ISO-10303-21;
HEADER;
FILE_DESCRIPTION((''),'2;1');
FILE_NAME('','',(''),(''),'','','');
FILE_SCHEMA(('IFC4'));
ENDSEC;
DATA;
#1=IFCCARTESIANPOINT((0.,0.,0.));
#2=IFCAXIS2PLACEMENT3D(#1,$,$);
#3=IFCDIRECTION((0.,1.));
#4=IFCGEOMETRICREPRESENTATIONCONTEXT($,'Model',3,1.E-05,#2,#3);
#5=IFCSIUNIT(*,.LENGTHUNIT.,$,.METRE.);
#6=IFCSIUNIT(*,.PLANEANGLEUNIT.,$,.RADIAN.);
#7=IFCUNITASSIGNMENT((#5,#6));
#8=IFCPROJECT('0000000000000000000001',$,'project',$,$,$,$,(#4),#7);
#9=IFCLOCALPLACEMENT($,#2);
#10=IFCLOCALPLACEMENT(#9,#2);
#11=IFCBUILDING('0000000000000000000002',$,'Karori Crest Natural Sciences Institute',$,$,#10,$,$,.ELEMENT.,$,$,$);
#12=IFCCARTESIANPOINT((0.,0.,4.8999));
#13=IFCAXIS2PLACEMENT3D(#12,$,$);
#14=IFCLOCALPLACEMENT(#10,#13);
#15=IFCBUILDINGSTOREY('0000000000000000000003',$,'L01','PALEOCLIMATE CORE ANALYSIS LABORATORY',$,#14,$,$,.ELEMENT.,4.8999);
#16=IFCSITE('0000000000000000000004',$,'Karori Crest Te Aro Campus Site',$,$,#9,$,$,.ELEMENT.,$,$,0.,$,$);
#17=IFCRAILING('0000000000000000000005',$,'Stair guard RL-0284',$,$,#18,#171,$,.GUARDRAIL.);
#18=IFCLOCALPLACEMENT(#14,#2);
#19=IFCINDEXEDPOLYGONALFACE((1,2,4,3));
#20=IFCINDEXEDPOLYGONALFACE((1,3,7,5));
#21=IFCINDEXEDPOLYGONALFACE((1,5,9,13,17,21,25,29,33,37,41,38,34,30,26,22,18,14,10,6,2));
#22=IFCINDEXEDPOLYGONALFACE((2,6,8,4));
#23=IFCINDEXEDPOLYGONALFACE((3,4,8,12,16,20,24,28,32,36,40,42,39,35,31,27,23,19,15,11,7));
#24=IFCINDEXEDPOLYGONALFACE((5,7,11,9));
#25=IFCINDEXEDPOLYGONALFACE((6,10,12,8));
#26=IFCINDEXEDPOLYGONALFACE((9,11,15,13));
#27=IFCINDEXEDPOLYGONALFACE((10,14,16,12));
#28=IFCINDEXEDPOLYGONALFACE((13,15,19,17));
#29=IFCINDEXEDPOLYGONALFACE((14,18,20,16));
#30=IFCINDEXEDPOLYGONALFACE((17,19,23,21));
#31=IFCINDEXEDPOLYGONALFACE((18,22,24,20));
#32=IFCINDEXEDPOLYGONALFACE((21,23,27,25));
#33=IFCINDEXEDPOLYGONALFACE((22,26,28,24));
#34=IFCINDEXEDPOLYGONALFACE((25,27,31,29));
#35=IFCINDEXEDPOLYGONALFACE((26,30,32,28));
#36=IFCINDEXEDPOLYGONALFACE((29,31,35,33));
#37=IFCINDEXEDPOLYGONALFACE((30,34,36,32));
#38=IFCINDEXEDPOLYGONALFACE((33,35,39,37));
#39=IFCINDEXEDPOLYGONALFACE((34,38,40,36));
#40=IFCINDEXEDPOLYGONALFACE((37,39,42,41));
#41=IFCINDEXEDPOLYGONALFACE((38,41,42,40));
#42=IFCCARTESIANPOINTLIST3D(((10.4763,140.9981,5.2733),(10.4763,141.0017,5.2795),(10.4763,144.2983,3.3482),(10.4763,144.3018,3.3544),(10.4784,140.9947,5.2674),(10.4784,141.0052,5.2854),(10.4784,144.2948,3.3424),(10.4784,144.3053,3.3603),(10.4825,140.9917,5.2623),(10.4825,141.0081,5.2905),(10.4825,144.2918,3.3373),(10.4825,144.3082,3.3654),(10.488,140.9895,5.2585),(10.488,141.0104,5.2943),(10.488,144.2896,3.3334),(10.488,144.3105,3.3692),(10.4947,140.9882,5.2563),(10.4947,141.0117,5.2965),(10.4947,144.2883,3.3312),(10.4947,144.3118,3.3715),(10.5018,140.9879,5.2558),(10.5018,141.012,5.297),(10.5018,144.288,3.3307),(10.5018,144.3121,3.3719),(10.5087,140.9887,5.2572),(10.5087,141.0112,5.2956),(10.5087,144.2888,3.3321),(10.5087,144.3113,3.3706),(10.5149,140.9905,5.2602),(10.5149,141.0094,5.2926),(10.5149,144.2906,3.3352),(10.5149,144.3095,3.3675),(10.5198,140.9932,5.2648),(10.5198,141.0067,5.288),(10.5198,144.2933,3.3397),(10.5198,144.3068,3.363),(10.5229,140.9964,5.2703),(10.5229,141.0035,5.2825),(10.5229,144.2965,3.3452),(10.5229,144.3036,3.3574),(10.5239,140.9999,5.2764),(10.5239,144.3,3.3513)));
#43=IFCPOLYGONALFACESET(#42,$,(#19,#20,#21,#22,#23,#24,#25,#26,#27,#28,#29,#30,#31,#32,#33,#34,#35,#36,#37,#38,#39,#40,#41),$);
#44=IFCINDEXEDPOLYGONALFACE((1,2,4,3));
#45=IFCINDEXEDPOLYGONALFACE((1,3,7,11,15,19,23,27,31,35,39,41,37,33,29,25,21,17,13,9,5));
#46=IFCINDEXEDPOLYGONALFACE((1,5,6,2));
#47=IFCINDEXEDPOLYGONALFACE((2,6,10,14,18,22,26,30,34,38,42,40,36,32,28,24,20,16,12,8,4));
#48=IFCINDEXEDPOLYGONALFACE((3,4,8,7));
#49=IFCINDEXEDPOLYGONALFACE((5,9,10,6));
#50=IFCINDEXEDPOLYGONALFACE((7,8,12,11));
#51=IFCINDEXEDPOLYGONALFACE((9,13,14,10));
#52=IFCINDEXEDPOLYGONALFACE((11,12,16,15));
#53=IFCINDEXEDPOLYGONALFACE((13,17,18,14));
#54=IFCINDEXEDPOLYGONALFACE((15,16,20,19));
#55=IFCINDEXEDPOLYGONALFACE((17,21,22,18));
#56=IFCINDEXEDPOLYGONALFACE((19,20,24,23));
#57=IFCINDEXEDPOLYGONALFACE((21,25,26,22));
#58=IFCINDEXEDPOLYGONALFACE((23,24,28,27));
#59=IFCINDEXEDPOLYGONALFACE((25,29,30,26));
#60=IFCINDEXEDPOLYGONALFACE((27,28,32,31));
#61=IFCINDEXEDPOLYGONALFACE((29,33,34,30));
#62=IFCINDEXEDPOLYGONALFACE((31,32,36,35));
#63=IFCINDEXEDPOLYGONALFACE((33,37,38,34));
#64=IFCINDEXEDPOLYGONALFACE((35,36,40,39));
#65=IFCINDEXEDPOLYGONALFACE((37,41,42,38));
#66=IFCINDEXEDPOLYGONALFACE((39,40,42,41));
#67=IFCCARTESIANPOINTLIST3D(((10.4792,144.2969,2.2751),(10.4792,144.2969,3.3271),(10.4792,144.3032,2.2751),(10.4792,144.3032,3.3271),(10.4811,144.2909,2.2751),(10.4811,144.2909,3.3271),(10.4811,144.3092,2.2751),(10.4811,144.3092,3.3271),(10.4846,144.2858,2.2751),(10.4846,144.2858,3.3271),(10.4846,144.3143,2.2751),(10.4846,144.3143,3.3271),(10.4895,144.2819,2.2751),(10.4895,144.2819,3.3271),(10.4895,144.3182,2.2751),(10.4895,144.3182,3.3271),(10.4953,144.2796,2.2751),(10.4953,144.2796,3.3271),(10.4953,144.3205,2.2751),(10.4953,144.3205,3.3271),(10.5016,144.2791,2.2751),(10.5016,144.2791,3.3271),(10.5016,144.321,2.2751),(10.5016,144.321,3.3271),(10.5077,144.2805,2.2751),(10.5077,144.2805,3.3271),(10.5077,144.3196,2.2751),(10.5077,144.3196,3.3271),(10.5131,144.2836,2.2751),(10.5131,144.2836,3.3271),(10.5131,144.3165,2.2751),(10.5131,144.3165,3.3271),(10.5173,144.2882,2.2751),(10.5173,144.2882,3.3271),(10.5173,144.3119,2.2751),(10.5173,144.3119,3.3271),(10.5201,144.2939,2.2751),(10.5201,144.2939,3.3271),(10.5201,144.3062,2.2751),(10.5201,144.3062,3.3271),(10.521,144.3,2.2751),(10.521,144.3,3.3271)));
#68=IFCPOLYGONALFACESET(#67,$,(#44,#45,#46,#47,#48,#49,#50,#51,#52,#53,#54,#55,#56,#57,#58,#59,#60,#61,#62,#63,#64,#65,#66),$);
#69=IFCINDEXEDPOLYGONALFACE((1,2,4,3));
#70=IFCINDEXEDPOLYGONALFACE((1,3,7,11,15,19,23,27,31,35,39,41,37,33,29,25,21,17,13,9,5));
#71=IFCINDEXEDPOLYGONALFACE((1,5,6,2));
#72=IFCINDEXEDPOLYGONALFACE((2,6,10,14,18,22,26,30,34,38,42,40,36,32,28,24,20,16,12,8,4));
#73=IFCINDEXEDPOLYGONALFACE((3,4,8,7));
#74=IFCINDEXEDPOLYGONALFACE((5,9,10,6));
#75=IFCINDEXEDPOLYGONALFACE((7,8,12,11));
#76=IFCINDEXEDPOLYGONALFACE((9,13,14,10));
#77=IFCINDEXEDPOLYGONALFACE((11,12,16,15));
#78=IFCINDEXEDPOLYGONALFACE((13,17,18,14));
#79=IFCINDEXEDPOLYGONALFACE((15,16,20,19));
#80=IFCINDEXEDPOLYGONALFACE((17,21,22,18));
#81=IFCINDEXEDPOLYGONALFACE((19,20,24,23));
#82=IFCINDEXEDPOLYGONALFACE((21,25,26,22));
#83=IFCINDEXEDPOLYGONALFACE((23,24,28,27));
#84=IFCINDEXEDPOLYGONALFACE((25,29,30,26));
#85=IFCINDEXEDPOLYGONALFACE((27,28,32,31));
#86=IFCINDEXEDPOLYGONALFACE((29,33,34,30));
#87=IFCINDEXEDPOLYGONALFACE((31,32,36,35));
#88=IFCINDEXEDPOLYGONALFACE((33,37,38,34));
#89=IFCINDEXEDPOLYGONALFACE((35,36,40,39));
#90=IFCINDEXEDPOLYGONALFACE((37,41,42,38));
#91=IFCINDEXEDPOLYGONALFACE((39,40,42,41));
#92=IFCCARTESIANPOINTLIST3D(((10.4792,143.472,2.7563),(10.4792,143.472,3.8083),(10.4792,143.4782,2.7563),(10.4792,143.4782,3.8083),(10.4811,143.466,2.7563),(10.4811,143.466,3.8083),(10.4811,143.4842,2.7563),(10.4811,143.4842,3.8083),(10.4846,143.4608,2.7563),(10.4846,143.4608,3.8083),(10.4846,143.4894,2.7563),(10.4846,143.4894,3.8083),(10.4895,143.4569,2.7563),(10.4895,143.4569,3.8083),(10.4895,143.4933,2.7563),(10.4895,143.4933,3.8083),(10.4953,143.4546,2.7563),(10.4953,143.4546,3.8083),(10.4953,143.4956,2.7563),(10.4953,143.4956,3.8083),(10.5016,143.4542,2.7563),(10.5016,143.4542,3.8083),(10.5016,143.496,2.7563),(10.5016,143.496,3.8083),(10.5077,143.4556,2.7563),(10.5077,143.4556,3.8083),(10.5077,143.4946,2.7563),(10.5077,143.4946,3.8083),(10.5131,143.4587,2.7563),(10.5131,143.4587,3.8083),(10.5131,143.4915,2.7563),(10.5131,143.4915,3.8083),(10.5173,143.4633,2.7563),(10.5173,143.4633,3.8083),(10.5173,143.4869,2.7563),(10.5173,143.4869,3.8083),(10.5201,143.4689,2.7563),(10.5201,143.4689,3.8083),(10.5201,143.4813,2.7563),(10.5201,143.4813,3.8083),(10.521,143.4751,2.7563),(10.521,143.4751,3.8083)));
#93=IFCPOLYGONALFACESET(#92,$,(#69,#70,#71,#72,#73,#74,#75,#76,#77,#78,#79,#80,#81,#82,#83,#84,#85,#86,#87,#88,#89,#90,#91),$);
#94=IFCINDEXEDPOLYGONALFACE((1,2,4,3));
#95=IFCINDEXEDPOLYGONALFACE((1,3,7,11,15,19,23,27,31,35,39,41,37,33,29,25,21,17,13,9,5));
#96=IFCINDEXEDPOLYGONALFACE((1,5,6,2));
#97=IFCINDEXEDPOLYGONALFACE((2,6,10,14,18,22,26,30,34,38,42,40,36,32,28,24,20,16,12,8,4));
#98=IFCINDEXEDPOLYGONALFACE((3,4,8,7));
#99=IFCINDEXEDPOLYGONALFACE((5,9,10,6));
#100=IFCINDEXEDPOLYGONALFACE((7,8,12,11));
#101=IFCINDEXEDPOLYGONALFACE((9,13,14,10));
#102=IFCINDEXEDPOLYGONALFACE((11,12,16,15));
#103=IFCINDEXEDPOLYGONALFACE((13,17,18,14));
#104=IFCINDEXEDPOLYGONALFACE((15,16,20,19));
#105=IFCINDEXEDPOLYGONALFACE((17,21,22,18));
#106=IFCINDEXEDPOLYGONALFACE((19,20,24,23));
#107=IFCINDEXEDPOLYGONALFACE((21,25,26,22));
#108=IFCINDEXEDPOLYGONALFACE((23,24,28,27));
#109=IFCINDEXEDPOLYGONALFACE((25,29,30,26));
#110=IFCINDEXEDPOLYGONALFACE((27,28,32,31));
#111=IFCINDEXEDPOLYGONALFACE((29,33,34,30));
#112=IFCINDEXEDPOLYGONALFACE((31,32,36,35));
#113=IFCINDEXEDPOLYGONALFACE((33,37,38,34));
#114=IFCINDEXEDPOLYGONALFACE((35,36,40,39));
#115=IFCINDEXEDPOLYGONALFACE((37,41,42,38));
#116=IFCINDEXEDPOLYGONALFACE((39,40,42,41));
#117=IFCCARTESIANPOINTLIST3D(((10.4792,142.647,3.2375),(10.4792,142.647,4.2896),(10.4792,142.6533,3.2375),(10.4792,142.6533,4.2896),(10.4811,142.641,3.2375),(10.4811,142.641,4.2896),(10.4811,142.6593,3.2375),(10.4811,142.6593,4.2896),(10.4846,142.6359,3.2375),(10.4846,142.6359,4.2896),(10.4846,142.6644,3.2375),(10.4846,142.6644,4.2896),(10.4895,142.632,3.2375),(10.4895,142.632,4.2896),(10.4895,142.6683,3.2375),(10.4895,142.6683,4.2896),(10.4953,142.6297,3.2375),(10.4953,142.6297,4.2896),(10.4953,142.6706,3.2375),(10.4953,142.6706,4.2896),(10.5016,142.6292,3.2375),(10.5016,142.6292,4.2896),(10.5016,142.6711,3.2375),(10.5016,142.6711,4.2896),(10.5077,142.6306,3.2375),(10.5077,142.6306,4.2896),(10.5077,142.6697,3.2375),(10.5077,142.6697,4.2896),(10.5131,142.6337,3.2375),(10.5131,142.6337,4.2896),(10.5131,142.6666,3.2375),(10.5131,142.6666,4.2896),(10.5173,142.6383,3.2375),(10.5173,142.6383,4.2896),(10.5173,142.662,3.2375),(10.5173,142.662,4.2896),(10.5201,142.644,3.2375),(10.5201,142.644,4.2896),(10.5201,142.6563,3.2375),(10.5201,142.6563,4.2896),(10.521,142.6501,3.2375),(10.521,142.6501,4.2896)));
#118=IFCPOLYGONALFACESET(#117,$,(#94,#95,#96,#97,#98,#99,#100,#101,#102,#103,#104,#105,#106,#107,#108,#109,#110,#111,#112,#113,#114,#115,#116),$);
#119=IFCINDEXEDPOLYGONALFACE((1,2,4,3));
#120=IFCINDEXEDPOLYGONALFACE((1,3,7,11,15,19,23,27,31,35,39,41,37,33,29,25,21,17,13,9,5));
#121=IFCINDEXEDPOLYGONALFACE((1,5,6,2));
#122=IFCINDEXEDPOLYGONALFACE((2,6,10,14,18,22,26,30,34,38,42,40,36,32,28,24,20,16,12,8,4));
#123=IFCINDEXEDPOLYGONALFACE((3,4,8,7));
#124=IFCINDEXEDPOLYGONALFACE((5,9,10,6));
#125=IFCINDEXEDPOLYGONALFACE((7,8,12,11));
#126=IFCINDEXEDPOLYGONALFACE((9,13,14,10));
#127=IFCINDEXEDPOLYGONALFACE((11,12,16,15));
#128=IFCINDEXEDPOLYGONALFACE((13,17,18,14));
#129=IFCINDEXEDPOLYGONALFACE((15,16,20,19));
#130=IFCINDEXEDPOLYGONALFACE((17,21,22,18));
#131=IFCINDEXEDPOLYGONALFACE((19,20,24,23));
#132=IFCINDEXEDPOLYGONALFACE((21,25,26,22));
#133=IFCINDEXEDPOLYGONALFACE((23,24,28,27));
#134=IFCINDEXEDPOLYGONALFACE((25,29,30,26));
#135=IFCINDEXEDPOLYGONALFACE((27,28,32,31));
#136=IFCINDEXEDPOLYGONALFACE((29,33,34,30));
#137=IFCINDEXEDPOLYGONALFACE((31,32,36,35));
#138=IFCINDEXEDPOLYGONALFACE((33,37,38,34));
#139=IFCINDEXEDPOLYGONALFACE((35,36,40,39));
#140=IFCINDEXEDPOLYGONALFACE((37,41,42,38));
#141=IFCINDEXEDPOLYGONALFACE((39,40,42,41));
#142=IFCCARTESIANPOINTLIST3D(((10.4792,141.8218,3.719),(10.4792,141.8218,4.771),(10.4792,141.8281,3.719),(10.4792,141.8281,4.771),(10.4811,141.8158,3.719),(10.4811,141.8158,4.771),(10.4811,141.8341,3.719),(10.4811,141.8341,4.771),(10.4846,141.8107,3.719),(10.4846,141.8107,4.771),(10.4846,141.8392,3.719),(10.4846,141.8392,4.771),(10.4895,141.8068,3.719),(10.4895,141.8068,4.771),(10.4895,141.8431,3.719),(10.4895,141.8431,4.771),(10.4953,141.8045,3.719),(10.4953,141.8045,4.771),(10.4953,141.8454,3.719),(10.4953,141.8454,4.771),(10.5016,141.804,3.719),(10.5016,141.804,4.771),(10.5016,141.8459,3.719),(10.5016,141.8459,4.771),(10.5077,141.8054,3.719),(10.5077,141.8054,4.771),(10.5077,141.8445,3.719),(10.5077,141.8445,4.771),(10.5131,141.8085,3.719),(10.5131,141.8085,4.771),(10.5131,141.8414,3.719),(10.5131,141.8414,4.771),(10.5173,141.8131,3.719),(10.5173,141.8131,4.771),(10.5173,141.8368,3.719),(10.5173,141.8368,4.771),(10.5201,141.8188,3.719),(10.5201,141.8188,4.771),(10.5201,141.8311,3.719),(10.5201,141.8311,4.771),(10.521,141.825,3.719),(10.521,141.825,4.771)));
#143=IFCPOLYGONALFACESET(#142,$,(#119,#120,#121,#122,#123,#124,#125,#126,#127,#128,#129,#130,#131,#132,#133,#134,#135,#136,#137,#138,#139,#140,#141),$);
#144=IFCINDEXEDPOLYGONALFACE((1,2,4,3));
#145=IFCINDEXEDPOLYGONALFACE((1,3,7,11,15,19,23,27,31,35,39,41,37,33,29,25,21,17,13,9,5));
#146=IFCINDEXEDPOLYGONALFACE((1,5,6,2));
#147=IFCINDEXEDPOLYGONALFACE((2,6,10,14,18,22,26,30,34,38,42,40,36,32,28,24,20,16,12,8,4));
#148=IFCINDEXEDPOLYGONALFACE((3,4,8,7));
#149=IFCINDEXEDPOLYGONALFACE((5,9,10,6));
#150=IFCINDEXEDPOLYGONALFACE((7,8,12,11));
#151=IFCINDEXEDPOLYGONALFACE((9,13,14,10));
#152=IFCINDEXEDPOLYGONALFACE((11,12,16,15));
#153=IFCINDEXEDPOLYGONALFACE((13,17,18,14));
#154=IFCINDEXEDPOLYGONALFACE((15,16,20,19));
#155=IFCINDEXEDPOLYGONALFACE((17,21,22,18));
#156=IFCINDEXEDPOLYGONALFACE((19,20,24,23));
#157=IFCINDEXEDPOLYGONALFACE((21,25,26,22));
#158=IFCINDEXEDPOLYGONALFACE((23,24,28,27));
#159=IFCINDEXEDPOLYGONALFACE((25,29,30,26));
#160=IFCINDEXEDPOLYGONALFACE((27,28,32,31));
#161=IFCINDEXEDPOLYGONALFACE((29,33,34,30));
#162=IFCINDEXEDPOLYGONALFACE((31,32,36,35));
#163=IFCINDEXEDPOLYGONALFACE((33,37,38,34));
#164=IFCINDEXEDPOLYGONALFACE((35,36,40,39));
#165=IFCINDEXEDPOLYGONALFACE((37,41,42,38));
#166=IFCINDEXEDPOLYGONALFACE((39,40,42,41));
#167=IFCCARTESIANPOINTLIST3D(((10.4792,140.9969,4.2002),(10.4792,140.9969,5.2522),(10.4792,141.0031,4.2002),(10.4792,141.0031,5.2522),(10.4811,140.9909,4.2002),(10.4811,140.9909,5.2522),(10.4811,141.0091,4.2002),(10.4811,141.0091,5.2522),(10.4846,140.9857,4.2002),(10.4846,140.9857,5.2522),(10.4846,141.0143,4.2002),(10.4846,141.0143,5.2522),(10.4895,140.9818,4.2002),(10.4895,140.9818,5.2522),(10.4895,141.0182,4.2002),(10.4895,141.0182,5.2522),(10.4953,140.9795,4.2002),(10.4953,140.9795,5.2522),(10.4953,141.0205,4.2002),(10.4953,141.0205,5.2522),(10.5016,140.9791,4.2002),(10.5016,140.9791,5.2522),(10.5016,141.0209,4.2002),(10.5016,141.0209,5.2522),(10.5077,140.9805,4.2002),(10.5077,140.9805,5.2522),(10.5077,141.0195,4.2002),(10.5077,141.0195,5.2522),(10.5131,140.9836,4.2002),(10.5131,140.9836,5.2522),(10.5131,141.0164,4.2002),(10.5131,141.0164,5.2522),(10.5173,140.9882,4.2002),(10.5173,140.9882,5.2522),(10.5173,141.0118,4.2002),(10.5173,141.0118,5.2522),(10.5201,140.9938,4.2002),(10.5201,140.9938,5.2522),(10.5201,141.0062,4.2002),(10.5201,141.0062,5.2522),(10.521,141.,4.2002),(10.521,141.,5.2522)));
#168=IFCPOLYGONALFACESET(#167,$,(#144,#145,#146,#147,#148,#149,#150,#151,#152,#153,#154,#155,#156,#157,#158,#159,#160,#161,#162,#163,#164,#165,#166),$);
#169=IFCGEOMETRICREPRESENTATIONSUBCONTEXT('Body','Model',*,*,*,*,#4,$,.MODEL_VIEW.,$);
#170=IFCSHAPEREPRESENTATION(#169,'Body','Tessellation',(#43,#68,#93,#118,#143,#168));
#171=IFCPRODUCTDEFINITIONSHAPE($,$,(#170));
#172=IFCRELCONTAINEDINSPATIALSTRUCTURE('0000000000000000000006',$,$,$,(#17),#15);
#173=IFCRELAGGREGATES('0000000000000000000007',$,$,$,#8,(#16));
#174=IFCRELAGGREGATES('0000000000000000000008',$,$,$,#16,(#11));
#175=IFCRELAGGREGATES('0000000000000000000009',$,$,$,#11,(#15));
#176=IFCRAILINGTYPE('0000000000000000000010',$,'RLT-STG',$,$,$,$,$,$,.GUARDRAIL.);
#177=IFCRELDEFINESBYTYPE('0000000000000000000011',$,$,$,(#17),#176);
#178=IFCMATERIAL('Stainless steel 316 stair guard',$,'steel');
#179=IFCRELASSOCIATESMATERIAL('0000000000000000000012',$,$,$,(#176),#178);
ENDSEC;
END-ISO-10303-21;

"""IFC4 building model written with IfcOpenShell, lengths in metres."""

from ifc_helpers import new_model, si_unit, direction, frame, origin, origin_2d, place, context, subcontext, project, spatial, circle, extrude, material, type_object, element, save


model = new_model("IFC4")

# Units and contexts
model_context = context("Model", 3, precision=1e-05, world=origin(), true_north=direction((0.0, 1.0)))
body_context = subcontext(model_context, "Body", "Model", "MODEL_VIEW")
ifc_project = project(units=[si_unit("LENGTHUNIT", "METRE"), si_unit("PLANEANGLEUNIT", "RADIAN")], contexts=[model_context])

# Site, building, storey
site_placement = place(None, origin())
site = spatial("IfcSite", under=ifc_project, at=site_placement, Name="Karori Crest Te Aro Campus Site", CompositionType="ELEMENT", RefElevation=0.0)
building_placement = place(site_placement, origin())
building = spatial("IfcBuilding", under=site, at=building_placement, Name="Karori Crest Natural Sciences Institute", CompositionType="ELEMENT")
storey_placement = place(building_placement, frame((0.0, 0.0, 4.8999)))
storey = spatial("IfcBuildingStorey", under=building, at=storey_placement, Name="L01", Description="PALEOCLIMATE CORE ANALYSIS LABORATORY", CompositionType="ELEMENT", Elevation=4.8999)

# Railing
ifc_material_1 = material(Name="Stainless steel 316 stair guard", Category="steel")
railing_type_1 = type_object("IfcRailingType", Name="RLT-STG", PredefinedType="GUARDRAIL", material=ifc_material_1)
railing_1_placement = place(storey_placement, frame((10.5, 144.3, 2.2751)))
element("IfcRailing", 1, at=railing_1_placement, inside=storey, type_object=railing_type_1, Name="Stair guard RL-0284", PredefinedType="GUARDRAIL", context=body_context, shape_type="SweptSolid", body=[
    extrude(circle(Radius=0.0239, at=origin_2d()), frame((0.0, 0.0, 1.0762), z_axis=(0.0, -0.863777, 0.503875), x_axis=(1.0, 0.0, 0.0)), (0.0, 0.0, 1.0), 3.8206),
    extrude(circle(Radius=0.021, at=origin_2d()), origin(), (0.0, 0.0, 1.0), 1.052),
    extrude(circle(Radius=0.021, at=origin_2d()), frame((0.0, -0.825, 0.4812)), (0.0, 0.0, 1.0), 1.052),
    extrude(circle(Radius=0.021, at=origin_2d()), frame((0.0, -1.6499, 0.9624)), (0.0, 0.0, 1.0), 1.052),
    extrude(circle(Radius=0.021, at=origin_2d()), frame((0.0, -2.4751, 1.4438)), (0.0, 0.0, 1.0), 1.052),
    extrude(circle(Radius=0.021, at=origin_2d()), frame((0.0, -3.3, 1.925)), (0.0, 0.0, 1.0), 1.052),
])

save(model, "model.ifc")
